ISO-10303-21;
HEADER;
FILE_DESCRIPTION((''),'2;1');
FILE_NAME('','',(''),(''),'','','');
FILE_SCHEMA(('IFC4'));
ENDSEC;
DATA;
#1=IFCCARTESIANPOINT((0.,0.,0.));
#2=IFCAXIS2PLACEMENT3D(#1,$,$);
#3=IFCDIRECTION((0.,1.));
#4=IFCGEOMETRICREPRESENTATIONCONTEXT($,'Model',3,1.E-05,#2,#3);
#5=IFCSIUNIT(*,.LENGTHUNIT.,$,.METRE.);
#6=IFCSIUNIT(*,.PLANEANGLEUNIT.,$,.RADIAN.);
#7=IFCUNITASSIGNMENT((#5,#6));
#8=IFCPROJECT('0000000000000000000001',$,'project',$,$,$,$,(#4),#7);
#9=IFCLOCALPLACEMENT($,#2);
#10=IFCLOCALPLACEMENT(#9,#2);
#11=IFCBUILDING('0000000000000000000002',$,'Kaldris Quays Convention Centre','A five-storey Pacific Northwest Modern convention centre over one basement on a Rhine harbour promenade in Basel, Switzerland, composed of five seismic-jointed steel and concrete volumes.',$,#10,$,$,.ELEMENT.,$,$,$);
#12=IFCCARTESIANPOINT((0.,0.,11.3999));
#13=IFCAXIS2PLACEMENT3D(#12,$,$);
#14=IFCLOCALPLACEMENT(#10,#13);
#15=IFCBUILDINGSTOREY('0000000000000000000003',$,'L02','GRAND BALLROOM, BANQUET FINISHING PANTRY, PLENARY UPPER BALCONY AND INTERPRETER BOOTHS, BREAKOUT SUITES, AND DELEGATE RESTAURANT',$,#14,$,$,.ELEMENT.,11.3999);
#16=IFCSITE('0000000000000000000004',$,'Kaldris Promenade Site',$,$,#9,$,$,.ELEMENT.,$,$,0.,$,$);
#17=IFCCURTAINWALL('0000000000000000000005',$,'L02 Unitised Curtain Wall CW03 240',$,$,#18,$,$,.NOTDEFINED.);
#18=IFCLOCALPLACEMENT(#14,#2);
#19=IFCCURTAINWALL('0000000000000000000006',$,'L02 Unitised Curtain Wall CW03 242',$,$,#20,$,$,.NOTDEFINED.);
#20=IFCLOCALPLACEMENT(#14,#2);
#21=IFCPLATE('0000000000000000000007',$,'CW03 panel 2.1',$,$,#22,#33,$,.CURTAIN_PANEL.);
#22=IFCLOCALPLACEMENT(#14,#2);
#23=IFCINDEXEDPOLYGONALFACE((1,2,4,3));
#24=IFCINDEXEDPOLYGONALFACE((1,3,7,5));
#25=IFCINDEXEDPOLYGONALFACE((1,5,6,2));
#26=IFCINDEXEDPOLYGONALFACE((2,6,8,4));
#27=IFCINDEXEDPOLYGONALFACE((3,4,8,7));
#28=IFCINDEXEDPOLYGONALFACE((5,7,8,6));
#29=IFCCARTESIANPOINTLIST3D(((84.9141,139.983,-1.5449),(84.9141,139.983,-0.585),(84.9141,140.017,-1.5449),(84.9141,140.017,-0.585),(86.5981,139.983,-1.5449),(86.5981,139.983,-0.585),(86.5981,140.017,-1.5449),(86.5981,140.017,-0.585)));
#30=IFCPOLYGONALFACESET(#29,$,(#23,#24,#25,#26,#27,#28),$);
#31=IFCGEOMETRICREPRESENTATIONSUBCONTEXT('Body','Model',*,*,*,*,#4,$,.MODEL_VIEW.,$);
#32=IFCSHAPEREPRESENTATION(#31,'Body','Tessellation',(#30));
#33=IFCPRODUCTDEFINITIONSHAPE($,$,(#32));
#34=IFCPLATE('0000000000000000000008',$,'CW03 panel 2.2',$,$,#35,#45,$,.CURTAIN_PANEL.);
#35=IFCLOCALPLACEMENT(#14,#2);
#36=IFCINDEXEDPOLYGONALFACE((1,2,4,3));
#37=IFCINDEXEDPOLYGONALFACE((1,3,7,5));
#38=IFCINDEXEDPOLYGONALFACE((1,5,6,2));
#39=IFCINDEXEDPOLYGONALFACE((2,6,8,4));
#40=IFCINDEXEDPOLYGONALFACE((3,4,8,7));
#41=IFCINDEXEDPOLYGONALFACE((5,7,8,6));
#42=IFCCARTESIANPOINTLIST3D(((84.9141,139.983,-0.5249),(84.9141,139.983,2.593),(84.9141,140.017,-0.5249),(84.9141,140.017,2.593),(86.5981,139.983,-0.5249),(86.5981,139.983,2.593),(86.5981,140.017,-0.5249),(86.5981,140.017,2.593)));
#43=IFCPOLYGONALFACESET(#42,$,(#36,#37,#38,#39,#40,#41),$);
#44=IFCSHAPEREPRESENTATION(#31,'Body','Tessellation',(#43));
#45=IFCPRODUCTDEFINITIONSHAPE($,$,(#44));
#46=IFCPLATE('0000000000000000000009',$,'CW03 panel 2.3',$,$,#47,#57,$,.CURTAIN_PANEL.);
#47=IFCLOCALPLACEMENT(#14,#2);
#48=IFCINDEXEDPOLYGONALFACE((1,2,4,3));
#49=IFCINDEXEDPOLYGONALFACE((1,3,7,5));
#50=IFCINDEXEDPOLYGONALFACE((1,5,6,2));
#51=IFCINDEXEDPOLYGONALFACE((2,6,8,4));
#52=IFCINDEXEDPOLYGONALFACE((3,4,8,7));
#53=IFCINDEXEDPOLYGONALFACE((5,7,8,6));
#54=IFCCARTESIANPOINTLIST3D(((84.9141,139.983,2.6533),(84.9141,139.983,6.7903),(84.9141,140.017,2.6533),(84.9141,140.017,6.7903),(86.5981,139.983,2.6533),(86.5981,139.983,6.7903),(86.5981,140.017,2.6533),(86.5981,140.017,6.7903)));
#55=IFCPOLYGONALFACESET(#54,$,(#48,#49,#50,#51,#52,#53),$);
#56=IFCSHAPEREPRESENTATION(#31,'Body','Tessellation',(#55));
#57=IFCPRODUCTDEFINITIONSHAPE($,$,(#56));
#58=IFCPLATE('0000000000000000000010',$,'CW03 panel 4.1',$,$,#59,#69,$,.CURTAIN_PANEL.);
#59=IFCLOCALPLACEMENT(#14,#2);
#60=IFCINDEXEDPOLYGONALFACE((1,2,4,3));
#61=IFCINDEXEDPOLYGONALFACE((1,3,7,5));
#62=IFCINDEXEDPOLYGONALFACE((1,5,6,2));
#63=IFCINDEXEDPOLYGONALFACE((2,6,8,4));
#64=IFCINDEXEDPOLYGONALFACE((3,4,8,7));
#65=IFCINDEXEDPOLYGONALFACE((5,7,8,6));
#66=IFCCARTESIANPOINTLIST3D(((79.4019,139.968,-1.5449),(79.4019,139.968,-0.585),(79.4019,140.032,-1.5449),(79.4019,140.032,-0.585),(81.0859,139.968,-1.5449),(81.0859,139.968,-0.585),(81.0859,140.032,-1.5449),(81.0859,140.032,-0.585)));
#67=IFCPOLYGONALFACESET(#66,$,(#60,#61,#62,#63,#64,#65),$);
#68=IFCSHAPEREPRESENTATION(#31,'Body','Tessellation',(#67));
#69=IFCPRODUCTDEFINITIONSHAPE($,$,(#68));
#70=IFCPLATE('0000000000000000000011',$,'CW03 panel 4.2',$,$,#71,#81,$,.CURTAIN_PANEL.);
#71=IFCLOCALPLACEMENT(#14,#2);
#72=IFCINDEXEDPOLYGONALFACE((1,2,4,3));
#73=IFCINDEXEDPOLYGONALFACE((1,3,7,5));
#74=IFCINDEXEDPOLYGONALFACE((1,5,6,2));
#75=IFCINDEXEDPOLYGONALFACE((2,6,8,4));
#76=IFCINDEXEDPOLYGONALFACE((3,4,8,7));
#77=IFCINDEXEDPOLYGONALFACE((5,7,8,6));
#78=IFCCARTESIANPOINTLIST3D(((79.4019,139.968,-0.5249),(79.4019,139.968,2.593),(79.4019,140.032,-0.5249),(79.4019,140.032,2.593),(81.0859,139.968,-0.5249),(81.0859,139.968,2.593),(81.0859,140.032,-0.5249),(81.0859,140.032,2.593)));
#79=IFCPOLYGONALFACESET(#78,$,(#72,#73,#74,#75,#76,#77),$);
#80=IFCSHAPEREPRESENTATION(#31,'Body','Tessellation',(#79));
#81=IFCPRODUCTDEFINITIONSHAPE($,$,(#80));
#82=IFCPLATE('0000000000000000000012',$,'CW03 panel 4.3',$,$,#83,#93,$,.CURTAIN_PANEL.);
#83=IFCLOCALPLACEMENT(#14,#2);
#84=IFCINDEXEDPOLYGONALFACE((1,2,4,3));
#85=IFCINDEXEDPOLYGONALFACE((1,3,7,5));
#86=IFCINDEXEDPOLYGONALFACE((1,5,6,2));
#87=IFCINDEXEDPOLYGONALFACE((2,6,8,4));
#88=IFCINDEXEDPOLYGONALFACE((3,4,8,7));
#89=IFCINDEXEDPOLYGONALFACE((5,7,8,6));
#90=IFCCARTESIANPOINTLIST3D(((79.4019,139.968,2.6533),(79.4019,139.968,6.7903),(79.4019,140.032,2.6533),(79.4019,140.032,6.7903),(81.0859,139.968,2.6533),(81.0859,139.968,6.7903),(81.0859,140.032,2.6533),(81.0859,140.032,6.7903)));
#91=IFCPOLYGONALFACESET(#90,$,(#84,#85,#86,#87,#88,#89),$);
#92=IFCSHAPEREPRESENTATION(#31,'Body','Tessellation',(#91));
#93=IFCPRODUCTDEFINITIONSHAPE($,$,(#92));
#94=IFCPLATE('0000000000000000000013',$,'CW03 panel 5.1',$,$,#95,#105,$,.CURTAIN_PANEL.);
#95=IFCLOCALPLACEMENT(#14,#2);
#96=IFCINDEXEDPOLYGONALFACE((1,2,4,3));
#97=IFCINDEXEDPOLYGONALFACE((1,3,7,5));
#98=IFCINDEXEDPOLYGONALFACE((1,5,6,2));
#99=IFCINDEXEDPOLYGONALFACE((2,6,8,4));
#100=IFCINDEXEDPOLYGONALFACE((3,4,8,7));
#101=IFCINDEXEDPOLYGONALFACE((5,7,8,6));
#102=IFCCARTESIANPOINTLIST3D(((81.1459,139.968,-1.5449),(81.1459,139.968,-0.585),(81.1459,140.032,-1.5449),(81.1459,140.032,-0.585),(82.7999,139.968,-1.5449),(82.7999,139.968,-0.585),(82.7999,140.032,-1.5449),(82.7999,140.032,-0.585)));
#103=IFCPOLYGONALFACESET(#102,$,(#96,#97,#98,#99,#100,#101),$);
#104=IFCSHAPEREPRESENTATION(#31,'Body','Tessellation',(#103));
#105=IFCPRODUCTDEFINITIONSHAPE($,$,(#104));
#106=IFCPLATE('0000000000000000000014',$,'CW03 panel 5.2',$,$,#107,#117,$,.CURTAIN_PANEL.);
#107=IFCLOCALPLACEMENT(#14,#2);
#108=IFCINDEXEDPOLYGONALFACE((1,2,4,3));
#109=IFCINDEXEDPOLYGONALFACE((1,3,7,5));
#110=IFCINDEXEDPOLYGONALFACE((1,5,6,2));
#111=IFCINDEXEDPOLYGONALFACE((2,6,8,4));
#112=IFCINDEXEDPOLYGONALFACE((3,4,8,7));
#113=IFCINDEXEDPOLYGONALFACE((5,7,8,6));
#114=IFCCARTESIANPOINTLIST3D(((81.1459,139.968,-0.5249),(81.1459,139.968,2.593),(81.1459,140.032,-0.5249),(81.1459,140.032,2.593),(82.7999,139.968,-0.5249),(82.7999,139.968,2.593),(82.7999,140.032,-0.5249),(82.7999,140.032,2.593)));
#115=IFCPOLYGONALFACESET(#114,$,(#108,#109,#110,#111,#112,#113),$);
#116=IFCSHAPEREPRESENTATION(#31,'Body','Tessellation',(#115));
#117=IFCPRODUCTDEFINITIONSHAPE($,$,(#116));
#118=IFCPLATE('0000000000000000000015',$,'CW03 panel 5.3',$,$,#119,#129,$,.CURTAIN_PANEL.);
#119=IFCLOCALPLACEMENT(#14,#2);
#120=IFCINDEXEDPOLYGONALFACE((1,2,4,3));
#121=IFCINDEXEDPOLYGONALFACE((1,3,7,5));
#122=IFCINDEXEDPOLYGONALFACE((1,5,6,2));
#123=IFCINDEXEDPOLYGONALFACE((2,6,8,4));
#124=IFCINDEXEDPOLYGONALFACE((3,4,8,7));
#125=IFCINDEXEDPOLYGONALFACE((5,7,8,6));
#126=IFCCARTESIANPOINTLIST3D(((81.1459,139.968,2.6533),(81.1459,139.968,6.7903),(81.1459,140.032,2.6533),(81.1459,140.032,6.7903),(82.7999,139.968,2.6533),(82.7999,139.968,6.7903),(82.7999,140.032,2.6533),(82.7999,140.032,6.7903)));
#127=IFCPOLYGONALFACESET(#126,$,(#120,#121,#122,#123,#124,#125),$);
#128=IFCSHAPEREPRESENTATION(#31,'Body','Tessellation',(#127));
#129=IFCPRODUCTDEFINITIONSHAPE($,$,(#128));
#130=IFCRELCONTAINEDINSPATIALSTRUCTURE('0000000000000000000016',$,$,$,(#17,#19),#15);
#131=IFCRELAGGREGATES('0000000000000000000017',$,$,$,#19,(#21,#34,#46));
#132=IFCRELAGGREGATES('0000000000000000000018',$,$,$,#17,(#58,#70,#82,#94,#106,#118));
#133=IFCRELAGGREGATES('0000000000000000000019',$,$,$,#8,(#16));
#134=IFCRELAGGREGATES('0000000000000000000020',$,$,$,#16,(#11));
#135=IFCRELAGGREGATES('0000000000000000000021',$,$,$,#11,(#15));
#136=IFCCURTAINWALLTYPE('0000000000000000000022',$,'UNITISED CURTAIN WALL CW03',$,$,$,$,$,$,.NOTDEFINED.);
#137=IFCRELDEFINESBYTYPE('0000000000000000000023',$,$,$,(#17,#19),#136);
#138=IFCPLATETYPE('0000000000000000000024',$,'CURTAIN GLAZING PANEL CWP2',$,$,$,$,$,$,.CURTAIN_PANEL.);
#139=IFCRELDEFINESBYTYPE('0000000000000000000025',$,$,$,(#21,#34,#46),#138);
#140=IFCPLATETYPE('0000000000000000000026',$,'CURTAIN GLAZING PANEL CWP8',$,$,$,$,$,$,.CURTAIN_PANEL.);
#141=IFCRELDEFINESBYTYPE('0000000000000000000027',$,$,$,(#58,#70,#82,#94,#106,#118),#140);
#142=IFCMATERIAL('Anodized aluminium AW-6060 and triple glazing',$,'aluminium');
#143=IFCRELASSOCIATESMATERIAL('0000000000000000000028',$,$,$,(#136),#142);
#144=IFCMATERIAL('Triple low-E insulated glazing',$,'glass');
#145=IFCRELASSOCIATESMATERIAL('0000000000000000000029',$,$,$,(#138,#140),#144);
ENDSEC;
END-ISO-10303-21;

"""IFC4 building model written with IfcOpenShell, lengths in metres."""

from ifc_helpers import new_model, si_unit, direction, frame, origin, origin_2d, place, context, subcontext, project, spatial, rectangle, extrude, material, type_object, element, aggregate, save


model = new_model("IFC4")

# Units and contexts
model_context = context("Model", 3, precision=1e-05, world=origin(), true_north=direction((0.0, 1.0)))
body_context = subcontext(model_context, "Body", "Model", "MODEL_VIEW")
ifc_project = project(units=[si_unit("LENGTHUNIT", "METRE"), si_unit("PLANEANGLEUNIT", "RADIAN")], contexts=[model_context])

# Site, building, storey
site_placement = place(None, origin())
site = spatial("IfcSite", under=ifc_project, at=site_placement, Name="Kaldris Promenade Site", CompositionType="ELEMENT", RefElevation=0.0)
building_placement = place(site_placement, origin())
building = spatial("IfcBuilding", under=site, at=building_placement, Name="Kaldris Quays Convention Centre", Description="A five-storey Pacific Northwest Modern convention centre over one basement on a Rhine harbour promenade in Basel, Switzerland, composed of five seismic-jointed steel and concrete volumes.", CompositionType="ELEMENT")
storey_placement = place(building_placement, frame((0.0, 0.0, 11.3999)))
storey = spatial("IfcBuildingStorey", under=building, at=storey_placement, Name="L02", Description="GRAND BALLROOM, BANQUET FINISHING PANTRY, PLENARY UPPER BALCONY AND INTERPRETER BOOTHS, BREAKOUT SUITES, AND DELEGATE RESTAURANT", CompositionType="ELEMENT", Elevation=11.3999)

# Curtain walls
ifc_material_1 = material(Name="Anodized aluminium AW-6060 and triple glazing", Category="aluminium")
curtain_wall_type = type_object("IfcCurtainWallType", Name="UNITISED CURTAIN WALL CW03", PredefinedType="NOTDEFINED", material=ifc_material_1)
curtain_wall_1_placement = place(storey_placement, origin())
curtain_wall_1 = element("IfcCurtainWall", 1, at=curtain_wall_1_placement, inside=storey, type_object=curtain_wall_type, Name="L02 Unitised Curtain Wall CW03 240", PredefinedType="NOTDEFINED")
curtain_wall_2_placement = place(storey_placement, origin())
curtain_wall_2 = element("IfcCurtainWall", 2, at=curtain_wall_2_placement, inside=storey, type_object=curtain_wall_type, Name="L02 Unitised Curtain Wall CW03 242", PredefinedType="NOTDEFINED")

# Plates
ifc_material_2 = material(Name="Triple low-E insulated glazing", Category="glass")
plate_type_1 = type_object("IfcPlateType", Name="CURTAIN GLAZING PANEL CWP2", PredefinedType="CURTAIN_PANEL", material=ifc_material_2)
plate_1_placement = place(storey_placement, frame((85.7561, 140.0, -1.5449), z_axis=(0.0, 0.0, 1.0), x_axis=(1.0, 0.0, 0.0)))
plate_1 = element("IfcPlate", 3, at=plate_1_placement, type_object=plate_type_1, Name="CW03 panel 2.1", PredefinedType="CURTAIN_PANEL", context=body_context, shape_type="SweptSolid", body=[
    extrude(rectangle(XDim=1.6841, YDim=0.0339, at=origin_2d()), origin(), (0.0, 0.0, 1.0), 0.96),
])
plate_2_placement = place(storey_placement, frame((85.7561, 140.0, -0.5249), z_axis=(0.0, 0.0, 1.0), x_axis=(1.0, 0.0, 0.0)))
plate_2 = element("IfcPlate", 4, at=plate_2_placement, type_object=plate_type_1, Name="CW03 panel 2.2", PredefinedType="CURTAIN_PANEL", context=body_context, shape_type="SweptSolid", body=[
    extrude(rectangle(XDim=1.6841, YDim=0.0339, at=origin_2d()), origin(), (0.0, 0.0, 1.0), 3.1179),
])
plate_3_placement = place(storey_placement, frame((85.7561, 140.0, 2.6533), z_axis=(0.0, 0.0, 1.0), x_axis=(1.0, 0.0, 0.0)))
plate_3 = element("IfcPlate", 5, at=plate_3_placement, type_object=plate_type_1, Name="CW03 panel 2.3", PredefinedType="CURTAIN_PANEL", context=body_context, shape_type="SweptSolid", body=[
    extrude(rectangle(XDim=1.6841, YDim=0.0339, at=origin_2d()), origin(), (0.0, 0.0, 1.0), 4.137),
])
aggregate(curtain_wall_2, [plate_1, plate_2, plate_3])
plate_type_2 = type_object("IfcPlateType", Name="CURTAIN GLAZING PANEL CWP8", PredefinedType="CURTAIN_PANEL", material=ifc_material_2)
plate_4_placement = place(storey_placement, frame((80.2439, 140.0, -1.5449), z_axis=(0.0, 0.0, 1.0), x_axis=(1.0, 0.0, 0.0)))
plate_4 = element("IfcPlate", 6, at=plate_4_placement, type_object=plate_type_2, Name="CW03 panel 4.1", PredefinedType="CURTAIN_PANEL", context=body_context, shape_type="SweptSolid", body=[
    extrude(rectangle(XDim=1.6841, YDim=0.064, at=origin_2d()), origin(), (0.0, 0.0, 1.0), 0.96),
])
plate_5_placement = place(storey_placement, frame((80.2439, 140.0, -0.5249), z_axis=(0.0, 0.0, 1.0), x_axis=(1.0, 0.0, 0.0)))
plate_5 = element("IfcPlate", 7, at=plate_5_placement, type_object=plate_type_2, Name="CW03 panel 4.2", PredefinedType="CURTAIN_PANEL", context=body_context, shape_type="SweptSolid", body=[
    extrude(rectangle(XDim=1.6841, YDim=0.064, at=origin_2d()), origin(), (0.0, 0.0, 1.0), 3.1179),
])
plate_6_placement = place(storey_placement, frame((80.2439, 140.0, 2.6533), z_axis=(0.0, 0.0, 1.0), x_axis=(1.0, 0.0, 0.0)))
plate_6 = element("IfcPlate", 8, at=plate_6_placement, type_object=plate_type_2, Name="CW03 panel 4.3", PredefinedType="CURTAIN_PANEL", context=body_context, shape_type="SweptSolid", body=[
    extrude(rectangle(XDim=1.6841, YDim=0.064, at=origin_2d()), origin(), (0.0, 0.0, 1.0), 4.137),
])
plate_7_placement = place(storey_placement, frame((81.9729, 140.0, -1.5449), z_axis=(0.0, 0.0, 1.0), x_axis=(1.0, 0.0, 0.0)))
plate_7 = element("IfcPlate", 9, at=plate_7_placement, type_object=plate_type_2, Name="CW03 panel 5.1", PredefinedType="CURTAIN_PANEL", context=body_context, shape_type="SweptSolid", body=[
    extrude(rectangle(XDim=1.6541, YDim=0.064, at=origin_2d()), origin(), (0.0, 0.0, 1.0), 0.96),
])
plate_8_placement = place(storey_placement, frame((81.9729, 140.0, -0.5249), z_axis=(0.0, 0.0, 1.0), x_axis=(1.0, 0.0, 0.0)))
plate_8 = element("IfcPlate", 10, at=plate_8_placement, type_object=plate_type_2, Name="CW03 panel 5.2", PredefinedType="CURTAIN_PANEL", context=body_context, shape_type="SweptSolid", body=[
    extrude(rectangle(XDim=1.6541, YDim=0.064, at=origin_2d()), origin(), (0.0, 0.0, 1.0), 3.1179),
])
plate_9_placement = place(storey_placement, frame((81.9729, 140.0, 2.6533), z_axis=(0.0, 0.0, 1.0), x_axis=(1.0, 0.0, 0.0)))
plate_9 = element("IfcPlate", 11, at=plate_9_placement, type_object=plate_type_2, Name="CW03 panel 5.3", PredefinedType="CURTAIN_PANEL", context=body_context, shape_type="SweptSolid", body=[
    extrude(rectangle(XDim=1.6541, YDim=0.064, at=origin_2d()), origin(), (0.0, 0.0, 1.0), 4.137),
])
aggregate(curtain_wall_1, [plate_4, plate_5, plate_6, plate_7, plate_8, plate_9])

save(model, "model.ifc")
